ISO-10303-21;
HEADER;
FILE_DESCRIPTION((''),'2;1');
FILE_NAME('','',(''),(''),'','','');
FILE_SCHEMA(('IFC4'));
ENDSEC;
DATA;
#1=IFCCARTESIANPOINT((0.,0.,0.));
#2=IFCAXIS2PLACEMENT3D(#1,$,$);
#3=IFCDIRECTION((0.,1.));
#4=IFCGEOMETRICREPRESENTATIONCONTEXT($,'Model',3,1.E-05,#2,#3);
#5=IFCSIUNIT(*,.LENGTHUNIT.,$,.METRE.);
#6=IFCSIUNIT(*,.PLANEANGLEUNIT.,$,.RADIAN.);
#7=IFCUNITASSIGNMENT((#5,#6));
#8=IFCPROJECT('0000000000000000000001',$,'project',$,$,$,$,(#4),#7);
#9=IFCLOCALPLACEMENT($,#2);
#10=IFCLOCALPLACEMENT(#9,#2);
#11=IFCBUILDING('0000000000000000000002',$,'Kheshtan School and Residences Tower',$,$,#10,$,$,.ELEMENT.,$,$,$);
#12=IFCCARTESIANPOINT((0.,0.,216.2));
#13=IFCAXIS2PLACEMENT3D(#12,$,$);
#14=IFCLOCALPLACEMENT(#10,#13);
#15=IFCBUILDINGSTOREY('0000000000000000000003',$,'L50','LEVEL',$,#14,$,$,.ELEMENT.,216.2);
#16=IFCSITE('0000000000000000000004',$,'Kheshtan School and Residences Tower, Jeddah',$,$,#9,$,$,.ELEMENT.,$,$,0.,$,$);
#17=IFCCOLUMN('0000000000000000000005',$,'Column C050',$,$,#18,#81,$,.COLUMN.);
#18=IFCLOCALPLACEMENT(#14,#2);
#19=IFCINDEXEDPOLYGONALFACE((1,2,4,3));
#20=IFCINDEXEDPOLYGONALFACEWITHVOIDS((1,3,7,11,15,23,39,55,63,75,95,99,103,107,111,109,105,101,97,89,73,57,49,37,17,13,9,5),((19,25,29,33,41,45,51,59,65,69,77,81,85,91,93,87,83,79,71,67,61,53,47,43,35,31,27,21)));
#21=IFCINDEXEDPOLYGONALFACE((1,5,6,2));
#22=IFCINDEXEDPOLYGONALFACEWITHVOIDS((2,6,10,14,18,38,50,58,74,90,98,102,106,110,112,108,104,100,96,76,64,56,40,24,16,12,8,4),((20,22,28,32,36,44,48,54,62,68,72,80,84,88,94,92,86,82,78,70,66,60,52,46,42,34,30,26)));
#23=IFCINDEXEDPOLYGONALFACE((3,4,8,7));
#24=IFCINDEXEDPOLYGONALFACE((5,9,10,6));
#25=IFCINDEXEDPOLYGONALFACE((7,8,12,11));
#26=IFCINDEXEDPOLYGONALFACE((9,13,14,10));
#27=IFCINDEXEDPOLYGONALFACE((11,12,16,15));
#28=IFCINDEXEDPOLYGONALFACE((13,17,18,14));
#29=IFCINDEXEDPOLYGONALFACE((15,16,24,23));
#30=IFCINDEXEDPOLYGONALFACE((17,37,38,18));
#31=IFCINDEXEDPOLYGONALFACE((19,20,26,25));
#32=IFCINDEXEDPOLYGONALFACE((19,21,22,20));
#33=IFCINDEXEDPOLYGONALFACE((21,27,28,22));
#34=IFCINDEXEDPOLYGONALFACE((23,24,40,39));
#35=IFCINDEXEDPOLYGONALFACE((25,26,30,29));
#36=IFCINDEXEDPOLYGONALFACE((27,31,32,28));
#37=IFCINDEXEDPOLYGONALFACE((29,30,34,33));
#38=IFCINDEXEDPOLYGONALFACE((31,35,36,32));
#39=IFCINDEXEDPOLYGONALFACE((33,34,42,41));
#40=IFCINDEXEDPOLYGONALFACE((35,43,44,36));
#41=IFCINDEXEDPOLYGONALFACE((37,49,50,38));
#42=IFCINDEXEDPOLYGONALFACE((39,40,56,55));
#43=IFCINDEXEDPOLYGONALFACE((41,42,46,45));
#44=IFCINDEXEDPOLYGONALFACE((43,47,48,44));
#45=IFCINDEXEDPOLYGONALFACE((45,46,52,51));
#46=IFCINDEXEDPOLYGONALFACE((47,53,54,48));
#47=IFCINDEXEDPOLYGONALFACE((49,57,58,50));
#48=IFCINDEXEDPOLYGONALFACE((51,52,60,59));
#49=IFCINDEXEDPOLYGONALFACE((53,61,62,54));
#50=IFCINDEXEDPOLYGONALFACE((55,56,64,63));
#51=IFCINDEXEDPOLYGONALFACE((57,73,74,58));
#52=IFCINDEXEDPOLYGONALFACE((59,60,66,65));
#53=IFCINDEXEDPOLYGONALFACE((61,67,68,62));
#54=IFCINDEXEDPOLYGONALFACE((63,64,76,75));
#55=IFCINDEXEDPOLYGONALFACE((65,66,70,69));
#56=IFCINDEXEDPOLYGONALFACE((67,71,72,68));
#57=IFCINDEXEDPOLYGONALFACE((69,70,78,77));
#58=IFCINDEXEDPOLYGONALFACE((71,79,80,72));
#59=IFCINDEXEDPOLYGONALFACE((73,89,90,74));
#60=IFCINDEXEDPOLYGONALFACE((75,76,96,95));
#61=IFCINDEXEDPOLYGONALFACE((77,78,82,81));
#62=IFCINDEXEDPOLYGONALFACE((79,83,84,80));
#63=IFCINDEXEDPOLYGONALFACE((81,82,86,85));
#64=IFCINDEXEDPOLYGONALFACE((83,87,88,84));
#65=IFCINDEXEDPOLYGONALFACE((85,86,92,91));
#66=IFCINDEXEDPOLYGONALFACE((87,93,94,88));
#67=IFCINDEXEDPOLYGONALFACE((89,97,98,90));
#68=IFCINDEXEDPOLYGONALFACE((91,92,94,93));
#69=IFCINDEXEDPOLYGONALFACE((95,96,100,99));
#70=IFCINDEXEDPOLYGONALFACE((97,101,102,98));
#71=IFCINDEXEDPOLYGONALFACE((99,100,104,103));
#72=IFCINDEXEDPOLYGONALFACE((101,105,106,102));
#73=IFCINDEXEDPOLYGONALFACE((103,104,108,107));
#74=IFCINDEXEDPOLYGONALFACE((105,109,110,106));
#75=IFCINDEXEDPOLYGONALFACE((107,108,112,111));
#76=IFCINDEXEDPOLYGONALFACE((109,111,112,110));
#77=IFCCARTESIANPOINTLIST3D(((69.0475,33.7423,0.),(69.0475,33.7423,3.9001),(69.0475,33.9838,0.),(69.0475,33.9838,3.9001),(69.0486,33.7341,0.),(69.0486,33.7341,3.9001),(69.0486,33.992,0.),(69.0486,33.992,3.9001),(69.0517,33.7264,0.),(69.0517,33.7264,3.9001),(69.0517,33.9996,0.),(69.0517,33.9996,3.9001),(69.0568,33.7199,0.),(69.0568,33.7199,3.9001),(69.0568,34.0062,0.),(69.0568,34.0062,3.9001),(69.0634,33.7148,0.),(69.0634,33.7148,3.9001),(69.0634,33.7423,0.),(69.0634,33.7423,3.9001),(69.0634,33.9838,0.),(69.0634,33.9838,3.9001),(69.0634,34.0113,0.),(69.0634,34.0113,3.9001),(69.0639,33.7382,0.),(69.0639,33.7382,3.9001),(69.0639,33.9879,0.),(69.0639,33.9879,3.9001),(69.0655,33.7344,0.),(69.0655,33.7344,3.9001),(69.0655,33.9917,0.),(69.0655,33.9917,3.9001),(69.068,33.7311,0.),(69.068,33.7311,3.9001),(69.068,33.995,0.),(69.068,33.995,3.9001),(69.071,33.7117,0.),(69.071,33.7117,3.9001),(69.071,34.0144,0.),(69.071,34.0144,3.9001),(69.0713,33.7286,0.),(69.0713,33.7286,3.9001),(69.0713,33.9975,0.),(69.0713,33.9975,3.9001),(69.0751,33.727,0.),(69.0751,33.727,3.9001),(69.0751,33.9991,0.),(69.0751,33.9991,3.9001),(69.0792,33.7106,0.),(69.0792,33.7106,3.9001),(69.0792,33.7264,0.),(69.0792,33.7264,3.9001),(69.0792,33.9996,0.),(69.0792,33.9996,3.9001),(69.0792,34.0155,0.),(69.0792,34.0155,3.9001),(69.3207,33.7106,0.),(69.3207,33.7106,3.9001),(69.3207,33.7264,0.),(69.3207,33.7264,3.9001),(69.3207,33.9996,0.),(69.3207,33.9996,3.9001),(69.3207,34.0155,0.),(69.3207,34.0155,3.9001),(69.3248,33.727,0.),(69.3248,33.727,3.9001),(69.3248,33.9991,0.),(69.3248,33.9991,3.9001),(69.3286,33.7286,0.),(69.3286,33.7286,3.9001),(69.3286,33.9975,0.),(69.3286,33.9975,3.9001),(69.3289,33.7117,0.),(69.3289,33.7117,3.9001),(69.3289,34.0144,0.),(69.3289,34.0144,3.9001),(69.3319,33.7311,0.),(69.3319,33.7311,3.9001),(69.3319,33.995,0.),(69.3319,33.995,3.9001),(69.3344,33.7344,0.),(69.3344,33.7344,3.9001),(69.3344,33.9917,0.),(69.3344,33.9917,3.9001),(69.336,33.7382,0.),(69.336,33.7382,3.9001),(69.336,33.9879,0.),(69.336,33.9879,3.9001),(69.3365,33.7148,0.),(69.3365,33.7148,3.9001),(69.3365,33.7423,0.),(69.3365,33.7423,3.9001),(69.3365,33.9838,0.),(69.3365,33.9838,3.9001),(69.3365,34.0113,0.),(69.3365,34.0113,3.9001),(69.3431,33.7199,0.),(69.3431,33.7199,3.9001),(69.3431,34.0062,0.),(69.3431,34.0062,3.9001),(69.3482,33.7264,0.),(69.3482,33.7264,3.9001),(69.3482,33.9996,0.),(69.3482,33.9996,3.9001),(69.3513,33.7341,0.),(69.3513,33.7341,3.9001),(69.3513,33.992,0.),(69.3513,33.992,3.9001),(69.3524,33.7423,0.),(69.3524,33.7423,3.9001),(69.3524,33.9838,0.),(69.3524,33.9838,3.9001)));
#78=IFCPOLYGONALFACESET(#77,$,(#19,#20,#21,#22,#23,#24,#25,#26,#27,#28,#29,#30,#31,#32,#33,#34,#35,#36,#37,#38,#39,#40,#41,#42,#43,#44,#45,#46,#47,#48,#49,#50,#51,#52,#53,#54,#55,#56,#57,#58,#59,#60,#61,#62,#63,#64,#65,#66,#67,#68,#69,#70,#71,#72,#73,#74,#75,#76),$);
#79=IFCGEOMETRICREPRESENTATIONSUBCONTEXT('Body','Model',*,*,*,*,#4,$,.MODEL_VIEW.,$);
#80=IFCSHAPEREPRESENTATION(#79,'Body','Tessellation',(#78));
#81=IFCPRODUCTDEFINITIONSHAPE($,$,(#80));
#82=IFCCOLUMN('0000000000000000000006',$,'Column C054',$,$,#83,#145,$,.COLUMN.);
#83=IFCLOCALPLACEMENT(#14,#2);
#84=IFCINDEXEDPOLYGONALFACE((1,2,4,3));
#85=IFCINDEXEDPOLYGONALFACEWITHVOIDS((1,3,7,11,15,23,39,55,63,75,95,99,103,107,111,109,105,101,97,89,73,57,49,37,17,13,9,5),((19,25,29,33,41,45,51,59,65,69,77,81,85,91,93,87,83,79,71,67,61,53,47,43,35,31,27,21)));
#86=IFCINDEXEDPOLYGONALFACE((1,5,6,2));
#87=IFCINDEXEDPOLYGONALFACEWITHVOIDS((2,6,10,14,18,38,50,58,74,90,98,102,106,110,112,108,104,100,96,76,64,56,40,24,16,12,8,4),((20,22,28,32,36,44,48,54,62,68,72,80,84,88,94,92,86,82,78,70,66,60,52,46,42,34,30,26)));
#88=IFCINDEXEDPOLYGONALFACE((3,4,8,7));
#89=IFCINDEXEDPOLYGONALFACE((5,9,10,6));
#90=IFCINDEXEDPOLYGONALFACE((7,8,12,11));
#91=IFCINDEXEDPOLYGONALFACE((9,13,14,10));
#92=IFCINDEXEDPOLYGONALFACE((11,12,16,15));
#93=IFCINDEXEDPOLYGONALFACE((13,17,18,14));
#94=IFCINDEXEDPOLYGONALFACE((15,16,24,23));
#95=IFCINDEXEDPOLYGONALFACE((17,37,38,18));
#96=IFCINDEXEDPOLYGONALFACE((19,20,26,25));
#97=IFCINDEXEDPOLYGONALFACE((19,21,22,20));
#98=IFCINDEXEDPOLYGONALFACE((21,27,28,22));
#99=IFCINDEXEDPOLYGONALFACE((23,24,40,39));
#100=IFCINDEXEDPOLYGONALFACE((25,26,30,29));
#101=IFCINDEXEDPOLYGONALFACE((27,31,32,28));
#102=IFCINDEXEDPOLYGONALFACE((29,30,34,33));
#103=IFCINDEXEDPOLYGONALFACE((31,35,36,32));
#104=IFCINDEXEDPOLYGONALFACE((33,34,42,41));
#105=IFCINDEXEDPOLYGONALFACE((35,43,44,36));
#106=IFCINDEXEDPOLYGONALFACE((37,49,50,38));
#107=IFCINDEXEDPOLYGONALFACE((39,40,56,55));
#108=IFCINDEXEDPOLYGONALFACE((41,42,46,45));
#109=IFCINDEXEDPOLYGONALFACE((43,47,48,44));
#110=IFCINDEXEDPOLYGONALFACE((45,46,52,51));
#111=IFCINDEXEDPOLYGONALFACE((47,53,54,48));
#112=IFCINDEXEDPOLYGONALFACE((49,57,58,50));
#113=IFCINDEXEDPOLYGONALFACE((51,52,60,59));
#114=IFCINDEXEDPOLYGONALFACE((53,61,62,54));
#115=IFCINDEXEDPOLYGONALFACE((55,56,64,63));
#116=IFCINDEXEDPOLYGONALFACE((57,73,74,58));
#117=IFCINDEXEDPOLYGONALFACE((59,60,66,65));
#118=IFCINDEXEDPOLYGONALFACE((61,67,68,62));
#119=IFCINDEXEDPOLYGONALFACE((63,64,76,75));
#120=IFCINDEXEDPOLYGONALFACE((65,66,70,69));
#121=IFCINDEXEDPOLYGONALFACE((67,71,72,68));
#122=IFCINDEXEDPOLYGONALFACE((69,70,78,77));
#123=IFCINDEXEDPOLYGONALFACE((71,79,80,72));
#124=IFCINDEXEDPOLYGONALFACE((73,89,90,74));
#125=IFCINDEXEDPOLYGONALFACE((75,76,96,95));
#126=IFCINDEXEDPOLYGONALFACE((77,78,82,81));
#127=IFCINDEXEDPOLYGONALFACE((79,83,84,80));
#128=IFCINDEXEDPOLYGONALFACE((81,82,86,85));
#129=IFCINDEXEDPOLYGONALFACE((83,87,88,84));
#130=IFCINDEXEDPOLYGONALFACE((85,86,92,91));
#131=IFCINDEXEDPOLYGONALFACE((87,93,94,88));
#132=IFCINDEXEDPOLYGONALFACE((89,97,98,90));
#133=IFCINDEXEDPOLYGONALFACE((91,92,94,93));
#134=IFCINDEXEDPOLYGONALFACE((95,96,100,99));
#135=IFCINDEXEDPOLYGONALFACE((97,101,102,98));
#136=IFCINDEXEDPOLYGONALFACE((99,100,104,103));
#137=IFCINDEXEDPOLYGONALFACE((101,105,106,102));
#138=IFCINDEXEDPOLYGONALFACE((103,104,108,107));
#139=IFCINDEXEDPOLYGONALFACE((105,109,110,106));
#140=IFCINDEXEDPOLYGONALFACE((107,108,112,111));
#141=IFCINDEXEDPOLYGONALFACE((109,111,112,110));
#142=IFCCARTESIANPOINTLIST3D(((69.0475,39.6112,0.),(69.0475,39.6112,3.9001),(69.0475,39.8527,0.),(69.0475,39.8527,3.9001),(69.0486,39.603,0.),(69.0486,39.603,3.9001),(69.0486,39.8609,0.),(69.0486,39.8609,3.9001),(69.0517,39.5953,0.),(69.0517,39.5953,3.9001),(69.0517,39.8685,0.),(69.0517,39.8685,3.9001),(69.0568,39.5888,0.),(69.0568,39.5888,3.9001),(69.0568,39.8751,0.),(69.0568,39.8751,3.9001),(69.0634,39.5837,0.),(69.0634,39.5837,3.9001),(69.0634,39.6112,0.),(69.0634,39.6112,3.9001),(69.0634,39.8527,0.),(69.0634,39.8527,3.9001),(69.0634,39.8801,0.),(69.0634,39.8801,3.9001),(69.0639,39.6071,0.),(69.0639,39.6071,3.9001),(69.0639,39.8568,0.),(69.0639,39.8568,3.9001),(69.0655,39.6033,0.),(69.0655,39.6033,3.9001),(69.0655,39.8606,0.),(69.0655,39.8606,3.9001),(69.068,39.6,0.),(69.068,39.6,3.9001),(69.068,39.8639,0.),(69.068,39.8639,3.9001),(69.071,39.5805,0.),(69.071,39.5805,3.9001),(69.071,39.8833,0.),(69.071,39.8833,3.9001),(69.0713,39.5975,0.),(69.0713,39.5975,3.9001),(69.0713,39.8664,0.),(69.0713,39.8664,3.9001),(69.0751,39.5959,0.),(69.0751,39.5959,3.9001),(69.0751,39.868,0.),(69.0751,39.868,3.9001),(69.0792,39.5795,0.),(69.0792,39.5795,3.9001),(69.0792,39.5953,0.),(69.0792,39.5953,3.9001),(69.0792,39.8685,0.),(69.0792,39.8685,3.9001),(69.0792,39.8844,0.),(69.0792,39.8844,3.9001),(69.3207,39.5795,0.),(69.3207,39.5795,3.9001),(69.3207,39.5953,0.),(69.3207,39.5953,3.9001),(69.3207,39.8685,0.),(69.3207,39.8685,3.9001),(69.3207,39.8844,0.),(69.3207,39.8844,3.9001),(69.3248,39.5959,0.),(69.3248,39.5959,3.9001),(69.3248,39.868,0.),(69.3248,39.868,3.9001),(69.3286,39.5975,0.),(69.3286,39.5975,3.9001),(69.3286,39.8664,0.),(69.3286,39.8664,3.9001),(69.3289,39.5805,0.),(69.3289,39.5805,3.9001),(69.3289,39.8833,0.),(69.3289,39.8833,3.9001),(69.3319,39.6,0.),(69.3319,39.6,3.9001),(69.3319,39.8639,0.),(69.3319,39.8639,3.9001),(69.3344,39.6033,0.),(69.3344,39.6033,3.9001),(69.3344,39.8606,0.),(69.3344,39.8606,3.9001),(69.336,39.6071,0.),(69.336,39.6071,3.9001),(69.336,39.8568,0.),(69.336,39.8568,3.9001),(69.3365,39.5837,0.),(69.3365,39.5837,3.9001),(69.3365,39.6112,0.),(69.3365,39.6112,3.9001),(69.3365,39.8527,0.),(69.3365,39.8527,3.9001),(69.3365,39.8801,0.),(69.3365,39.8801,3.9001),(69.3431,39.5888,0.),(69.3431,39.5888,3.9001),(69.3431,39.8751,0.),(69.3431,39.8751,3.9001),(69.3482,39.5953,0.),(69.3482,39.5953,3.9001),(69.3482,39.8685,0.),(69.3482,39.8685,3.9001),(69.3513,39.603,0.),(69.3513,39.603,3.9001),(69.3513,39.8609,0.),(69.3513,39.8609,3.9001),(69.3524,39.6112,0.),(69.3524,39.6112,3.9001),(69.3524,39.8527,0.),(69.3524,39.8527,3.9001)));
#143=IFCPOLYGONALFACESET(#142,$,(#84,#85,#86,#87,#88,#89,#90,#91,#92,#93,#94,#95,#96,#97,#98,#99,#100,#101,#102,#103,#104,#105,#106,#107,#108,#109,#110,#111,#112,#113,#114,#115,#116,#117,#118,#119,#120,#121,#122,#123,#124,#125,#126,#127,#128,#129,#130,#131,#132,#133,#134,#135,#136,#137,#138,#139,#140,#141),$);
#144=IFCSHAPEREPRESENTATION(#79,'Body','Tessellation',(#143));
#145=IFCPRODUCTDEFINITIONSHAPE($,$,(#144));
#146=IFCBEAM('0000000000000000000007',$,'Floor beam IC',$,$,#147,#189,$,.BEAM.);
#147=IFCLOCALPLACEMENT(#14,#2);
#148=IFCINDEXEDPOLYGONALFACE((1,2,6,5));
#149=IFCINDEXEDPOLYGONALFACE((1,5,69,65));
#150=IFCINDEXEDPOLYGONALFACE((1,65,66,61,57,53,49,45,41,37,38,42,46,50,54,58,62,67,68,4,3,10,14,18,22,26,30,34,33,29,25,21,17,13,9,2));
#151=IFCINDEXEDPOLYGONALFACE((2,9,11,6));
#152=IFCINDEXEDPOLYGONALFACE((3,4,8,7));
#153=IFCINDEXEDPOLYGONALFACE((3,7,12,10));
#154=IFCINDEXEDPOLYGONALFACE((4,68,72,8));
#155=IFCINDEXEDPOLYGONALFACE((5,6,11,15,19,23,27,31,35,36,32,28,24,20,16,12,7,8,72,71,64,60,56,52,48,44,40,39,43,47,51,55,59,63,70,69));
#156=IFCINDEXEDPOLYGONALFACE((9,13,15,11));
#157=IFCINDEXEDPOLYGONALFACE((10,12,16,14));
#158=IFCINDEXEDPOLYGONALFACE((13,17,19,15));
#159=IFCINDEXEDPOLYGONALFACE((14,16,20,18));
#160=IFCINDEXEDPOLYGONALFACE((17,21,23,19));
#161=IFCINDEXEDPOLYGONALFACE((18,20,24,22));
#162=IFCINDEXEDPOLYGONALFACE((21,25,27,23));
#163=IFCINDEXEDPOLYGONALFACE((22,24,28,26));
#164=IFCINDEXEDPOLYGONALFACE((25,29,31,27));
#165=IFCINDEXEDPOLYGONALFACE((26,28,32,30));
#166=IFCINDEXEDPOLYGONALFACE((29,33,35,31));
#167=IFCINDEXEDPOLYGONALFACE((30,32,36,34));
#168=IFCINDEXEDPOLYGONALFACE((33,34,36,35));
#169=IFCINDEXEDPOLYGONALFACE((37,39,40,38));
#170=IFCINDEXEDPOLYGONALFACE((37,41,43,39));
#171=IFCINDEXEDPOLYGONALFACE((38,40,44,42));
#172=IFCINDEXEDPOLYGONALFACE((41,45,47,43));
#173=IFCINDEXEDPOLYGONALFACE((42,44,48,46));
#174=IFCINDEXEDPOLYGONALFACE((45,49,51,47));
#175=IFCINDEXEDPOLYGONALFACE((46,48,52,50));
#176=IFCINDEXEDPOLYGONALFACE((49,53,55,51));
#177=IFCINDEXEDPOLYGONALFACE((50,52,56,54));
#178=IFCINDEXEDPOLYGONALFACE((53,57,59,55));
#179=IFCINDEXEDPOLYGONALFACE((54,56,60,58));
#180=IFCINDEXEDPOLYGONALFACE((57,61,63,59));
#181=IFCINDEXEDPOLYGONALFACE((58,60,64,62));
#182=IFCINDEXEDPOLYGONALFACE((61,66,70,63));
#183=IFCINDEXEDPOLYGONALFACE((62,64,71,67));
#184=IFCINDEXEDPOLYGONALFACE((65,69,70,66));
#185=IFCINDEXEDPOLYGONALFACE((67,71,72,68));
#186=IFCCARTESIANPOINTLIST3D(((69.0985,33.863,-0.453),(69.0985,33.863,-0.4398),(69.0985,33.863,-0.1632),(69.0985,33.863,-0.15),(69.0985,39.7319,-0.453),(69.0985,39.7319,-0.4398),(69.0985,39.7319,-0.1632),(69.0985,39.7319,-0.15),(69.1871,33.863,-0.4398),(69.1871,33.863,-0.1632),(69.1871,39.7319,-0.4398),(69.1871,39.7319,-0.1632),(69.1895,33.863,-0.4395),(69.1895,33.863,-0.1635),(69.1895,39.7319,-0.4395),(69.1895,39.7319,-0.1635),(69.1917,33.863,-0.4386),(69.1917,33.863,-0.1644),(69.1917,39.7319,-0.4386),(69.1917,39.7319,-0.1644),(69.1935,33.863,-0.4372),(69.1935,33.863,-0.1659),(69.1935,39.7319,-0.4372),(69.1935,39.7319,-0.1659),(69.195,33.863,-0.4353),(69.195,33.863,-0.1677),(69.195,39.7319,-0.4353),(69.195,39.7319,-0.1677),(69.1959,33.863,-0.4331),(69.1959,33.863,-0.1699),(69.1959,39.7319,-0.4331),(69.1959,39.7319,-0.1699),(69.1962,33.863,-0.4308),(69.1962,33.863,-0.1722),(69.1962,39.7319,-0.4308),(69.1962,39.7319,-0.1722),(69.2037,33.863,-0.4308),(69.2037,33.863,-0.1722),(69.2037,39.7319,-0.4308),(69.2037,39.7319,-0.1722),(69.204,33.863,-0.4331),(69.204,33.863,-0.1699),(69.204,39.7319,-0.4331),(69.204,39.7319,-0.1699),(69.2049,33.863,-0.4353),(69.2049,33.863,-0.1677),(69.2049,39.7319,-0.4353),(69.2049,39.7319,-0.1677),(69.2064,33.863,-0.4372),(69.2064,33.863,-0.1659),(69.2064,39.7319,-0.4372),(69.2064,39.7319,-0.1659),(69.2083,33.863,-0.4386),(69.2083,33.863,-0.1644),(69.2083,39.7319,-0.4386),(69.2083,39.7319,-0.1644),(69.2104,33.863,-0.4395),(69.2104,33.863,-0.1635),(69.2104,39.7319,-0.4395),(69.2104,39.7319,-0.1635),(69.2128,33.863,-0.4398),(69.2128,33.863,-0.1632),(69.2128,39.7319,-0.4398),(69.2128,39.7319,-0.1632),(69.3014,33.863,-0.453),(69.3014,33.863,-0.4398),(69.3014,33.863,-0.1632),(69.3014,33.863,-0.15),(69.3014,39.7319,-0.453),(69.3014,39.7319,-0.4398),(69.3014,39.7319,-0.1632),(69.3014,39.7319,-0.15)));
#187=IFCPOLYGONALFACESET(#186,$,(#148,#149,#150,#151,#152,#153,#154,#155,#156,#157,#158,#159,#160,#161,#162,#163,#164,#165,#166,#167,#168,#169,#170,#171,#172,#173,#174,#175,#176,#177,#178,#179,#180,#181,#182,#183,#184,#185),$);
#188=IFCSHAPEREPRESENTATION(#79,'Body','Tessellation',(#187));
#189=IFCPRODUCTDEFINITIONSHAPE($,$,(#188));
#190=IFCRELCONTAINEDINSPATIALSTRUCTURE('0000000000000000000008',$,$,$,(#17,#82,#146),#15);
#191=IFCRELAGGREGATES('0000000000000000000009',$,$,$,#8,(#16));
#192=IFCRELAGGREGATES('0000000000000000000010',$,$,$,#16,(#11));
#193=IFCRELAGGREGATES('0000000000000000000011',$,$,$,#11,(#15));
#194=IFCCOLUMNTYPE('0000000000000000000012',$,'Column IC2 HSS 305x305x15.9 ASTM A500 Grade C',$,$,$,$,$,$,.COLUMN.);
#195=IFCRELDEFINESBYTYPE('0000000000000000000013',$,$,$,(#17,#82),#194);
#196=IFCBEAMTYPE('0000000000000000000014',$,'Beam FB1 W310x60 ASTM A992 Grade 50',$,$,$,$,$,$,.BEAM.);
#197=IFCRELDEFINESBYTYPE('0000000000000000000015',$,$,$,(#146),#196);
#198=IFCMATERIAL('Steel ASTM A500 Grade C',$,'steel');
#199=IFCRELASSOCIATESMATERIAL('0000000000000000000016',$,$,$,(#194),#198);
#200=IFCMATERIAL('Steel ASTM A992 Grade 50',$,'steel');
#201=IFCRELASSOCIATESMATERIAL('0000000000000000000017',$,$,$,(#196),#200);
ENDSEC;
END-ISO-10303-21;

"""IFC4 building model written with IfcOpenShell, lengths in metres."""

from ifc_helpers import new_model, si_unit, direction, frame, origin, origin_2d, place, context, subcontext, project, spatial, hollow_rectangle, i_section, extrude, material, material_profile, profile_set, type_object, element, save


model = new_model("IFC4")

# Units and contexts
model_context = context("Model", 3, precision=1e-05, world=origin(), true_north=direction((0.0, 1.0)))
body_context = subcontext(model_context, "Body", "Model", "MODEL_VIEW")
ifc_project = project(units=[si_unit("LENGTHUNIT", "METRE"), si_unit("PLANEANGLEUNIT", "RADIAN")], contexts=[model_context])

# Site, building, storey
site_placement = place(None, origin())
site = spatial("IfcSite", under=ifc_project, at=site_placement, Name="Kheshtan School and Residences Tower, Jeddah", CompositionType="ELEMENT", RefElevation=0.0)
building_placement = place(site_placement, origin())
building = spatial("IfcBuilding", under=site, at=building_placement, Name="Kheshtan School and Residences Tower", CompositionType="ELEMENT")
storey_placement = place(building_placement, frame((0.0, 0.0, 216.2)))
storey = spatial("IfcBuildingStorey", under=building, at=storey_placement, Name="L50", Description="LEVEL", CompositionType="ELEMENT", Elevation=216.2)

# Columns
ifc_material_1 = material(Name="Steel ASTM A500 Grade C", Category="steel")
ifc_material_profile_1 = material_profile(ifc_material_1, hollow_rectangle(XDim=0.3049, YDim=0.3049, WallThickness=0.0159, InnerFilletRadius=0.0159, OuterFilletRadius=0.0317, at=origin_2d()), Name="HSS 305x305x15.9")
ifc_profile_set_1 = profile_set([ifc_material_profile_1], Name="Steel ASTM A500 Grade C")
column_type = type_object("IfcColumnType", Name="Column IC2 HSS 305x305x15.9 ASTM A500 Grade C", PredefinedType="COLUMN", material=ifc_profile_set_1)
for number, where, z_axis, x_axis, name in (
    (1, (69.2, 33.863, 0.0), (0.0, 0.0, 1.0), (1.0, 0.0, 0.0), "Column C050"),
    (2, (69.2, 39.7319, 0.0), (0.0, 0.0, 1.0), (1.0, 0.0, 0.0), "Column C054"),
):
    element("IfcColumn", number, at=place(storey_placement, frame(where, z_axis=z_axis, x_axis=x_axis)), inside=storey, type_object=column_type, Name=name, PredefinedType="COLUMN", context=body_context, shape_type="SweptSolid", body=[
        extrude(hollow_rectangle(XDim=0.3049, YDim=0.3049, WallThickness=0.0159, InnerFilletRadius=0.0159, OuterFilletRadius=0.0317, at=origin_2d()), origin(), (0.0, 0.0, 1.0), 3.9001),
    ])

# Beam
ifc_material_2 = material(Name="Steel ASTM A992 Grade 50", Category="steel")
ifc_material_profile_2 = material_profile(ifc_material_2, i_section(OverallWidth=0.2029, OverallDepth=0.303, WebThickness=0.0076, FlangeThickness=0.0132, FilletRadius=0.009, at=origin_2d()), Name="W310x60")
ifc_profile_set_2 = profile_set([ifc_material_profile_2], Name="Steel ASTM A992 Grade 50")
beam_type = type_object("IfcBeamType", Name="Beam FB1 W310x60 ASTM A992 Grade 50", PredefinedType="BEAM", material=ifc_profile_set_2)
beam_placement = place(storey_placement, frame((69.2, 33.863, -0.3015), z_axis=(0.0, 1.0, 0.0), x_axis=(-1.0, 0.0, 0.0)))
element("IfcBeam", 3, at=beam_placement, inside=storey, type_object=beam_type, Name="Floor beam IC", PredefinedType="BEAM", context=body_context, shape_type="SweptSolid", body=[
    extrude(i_section(OverallWidth=0.2029, OverallDepth=0.303, WebThickness=0.0076, FlangeThickness=0.0132, FilletRadius=0.009, at=origin_2d()), origin(), (0.0, 0.0, 1.0), 5.8689),
])

save(model, "model.ifc")
